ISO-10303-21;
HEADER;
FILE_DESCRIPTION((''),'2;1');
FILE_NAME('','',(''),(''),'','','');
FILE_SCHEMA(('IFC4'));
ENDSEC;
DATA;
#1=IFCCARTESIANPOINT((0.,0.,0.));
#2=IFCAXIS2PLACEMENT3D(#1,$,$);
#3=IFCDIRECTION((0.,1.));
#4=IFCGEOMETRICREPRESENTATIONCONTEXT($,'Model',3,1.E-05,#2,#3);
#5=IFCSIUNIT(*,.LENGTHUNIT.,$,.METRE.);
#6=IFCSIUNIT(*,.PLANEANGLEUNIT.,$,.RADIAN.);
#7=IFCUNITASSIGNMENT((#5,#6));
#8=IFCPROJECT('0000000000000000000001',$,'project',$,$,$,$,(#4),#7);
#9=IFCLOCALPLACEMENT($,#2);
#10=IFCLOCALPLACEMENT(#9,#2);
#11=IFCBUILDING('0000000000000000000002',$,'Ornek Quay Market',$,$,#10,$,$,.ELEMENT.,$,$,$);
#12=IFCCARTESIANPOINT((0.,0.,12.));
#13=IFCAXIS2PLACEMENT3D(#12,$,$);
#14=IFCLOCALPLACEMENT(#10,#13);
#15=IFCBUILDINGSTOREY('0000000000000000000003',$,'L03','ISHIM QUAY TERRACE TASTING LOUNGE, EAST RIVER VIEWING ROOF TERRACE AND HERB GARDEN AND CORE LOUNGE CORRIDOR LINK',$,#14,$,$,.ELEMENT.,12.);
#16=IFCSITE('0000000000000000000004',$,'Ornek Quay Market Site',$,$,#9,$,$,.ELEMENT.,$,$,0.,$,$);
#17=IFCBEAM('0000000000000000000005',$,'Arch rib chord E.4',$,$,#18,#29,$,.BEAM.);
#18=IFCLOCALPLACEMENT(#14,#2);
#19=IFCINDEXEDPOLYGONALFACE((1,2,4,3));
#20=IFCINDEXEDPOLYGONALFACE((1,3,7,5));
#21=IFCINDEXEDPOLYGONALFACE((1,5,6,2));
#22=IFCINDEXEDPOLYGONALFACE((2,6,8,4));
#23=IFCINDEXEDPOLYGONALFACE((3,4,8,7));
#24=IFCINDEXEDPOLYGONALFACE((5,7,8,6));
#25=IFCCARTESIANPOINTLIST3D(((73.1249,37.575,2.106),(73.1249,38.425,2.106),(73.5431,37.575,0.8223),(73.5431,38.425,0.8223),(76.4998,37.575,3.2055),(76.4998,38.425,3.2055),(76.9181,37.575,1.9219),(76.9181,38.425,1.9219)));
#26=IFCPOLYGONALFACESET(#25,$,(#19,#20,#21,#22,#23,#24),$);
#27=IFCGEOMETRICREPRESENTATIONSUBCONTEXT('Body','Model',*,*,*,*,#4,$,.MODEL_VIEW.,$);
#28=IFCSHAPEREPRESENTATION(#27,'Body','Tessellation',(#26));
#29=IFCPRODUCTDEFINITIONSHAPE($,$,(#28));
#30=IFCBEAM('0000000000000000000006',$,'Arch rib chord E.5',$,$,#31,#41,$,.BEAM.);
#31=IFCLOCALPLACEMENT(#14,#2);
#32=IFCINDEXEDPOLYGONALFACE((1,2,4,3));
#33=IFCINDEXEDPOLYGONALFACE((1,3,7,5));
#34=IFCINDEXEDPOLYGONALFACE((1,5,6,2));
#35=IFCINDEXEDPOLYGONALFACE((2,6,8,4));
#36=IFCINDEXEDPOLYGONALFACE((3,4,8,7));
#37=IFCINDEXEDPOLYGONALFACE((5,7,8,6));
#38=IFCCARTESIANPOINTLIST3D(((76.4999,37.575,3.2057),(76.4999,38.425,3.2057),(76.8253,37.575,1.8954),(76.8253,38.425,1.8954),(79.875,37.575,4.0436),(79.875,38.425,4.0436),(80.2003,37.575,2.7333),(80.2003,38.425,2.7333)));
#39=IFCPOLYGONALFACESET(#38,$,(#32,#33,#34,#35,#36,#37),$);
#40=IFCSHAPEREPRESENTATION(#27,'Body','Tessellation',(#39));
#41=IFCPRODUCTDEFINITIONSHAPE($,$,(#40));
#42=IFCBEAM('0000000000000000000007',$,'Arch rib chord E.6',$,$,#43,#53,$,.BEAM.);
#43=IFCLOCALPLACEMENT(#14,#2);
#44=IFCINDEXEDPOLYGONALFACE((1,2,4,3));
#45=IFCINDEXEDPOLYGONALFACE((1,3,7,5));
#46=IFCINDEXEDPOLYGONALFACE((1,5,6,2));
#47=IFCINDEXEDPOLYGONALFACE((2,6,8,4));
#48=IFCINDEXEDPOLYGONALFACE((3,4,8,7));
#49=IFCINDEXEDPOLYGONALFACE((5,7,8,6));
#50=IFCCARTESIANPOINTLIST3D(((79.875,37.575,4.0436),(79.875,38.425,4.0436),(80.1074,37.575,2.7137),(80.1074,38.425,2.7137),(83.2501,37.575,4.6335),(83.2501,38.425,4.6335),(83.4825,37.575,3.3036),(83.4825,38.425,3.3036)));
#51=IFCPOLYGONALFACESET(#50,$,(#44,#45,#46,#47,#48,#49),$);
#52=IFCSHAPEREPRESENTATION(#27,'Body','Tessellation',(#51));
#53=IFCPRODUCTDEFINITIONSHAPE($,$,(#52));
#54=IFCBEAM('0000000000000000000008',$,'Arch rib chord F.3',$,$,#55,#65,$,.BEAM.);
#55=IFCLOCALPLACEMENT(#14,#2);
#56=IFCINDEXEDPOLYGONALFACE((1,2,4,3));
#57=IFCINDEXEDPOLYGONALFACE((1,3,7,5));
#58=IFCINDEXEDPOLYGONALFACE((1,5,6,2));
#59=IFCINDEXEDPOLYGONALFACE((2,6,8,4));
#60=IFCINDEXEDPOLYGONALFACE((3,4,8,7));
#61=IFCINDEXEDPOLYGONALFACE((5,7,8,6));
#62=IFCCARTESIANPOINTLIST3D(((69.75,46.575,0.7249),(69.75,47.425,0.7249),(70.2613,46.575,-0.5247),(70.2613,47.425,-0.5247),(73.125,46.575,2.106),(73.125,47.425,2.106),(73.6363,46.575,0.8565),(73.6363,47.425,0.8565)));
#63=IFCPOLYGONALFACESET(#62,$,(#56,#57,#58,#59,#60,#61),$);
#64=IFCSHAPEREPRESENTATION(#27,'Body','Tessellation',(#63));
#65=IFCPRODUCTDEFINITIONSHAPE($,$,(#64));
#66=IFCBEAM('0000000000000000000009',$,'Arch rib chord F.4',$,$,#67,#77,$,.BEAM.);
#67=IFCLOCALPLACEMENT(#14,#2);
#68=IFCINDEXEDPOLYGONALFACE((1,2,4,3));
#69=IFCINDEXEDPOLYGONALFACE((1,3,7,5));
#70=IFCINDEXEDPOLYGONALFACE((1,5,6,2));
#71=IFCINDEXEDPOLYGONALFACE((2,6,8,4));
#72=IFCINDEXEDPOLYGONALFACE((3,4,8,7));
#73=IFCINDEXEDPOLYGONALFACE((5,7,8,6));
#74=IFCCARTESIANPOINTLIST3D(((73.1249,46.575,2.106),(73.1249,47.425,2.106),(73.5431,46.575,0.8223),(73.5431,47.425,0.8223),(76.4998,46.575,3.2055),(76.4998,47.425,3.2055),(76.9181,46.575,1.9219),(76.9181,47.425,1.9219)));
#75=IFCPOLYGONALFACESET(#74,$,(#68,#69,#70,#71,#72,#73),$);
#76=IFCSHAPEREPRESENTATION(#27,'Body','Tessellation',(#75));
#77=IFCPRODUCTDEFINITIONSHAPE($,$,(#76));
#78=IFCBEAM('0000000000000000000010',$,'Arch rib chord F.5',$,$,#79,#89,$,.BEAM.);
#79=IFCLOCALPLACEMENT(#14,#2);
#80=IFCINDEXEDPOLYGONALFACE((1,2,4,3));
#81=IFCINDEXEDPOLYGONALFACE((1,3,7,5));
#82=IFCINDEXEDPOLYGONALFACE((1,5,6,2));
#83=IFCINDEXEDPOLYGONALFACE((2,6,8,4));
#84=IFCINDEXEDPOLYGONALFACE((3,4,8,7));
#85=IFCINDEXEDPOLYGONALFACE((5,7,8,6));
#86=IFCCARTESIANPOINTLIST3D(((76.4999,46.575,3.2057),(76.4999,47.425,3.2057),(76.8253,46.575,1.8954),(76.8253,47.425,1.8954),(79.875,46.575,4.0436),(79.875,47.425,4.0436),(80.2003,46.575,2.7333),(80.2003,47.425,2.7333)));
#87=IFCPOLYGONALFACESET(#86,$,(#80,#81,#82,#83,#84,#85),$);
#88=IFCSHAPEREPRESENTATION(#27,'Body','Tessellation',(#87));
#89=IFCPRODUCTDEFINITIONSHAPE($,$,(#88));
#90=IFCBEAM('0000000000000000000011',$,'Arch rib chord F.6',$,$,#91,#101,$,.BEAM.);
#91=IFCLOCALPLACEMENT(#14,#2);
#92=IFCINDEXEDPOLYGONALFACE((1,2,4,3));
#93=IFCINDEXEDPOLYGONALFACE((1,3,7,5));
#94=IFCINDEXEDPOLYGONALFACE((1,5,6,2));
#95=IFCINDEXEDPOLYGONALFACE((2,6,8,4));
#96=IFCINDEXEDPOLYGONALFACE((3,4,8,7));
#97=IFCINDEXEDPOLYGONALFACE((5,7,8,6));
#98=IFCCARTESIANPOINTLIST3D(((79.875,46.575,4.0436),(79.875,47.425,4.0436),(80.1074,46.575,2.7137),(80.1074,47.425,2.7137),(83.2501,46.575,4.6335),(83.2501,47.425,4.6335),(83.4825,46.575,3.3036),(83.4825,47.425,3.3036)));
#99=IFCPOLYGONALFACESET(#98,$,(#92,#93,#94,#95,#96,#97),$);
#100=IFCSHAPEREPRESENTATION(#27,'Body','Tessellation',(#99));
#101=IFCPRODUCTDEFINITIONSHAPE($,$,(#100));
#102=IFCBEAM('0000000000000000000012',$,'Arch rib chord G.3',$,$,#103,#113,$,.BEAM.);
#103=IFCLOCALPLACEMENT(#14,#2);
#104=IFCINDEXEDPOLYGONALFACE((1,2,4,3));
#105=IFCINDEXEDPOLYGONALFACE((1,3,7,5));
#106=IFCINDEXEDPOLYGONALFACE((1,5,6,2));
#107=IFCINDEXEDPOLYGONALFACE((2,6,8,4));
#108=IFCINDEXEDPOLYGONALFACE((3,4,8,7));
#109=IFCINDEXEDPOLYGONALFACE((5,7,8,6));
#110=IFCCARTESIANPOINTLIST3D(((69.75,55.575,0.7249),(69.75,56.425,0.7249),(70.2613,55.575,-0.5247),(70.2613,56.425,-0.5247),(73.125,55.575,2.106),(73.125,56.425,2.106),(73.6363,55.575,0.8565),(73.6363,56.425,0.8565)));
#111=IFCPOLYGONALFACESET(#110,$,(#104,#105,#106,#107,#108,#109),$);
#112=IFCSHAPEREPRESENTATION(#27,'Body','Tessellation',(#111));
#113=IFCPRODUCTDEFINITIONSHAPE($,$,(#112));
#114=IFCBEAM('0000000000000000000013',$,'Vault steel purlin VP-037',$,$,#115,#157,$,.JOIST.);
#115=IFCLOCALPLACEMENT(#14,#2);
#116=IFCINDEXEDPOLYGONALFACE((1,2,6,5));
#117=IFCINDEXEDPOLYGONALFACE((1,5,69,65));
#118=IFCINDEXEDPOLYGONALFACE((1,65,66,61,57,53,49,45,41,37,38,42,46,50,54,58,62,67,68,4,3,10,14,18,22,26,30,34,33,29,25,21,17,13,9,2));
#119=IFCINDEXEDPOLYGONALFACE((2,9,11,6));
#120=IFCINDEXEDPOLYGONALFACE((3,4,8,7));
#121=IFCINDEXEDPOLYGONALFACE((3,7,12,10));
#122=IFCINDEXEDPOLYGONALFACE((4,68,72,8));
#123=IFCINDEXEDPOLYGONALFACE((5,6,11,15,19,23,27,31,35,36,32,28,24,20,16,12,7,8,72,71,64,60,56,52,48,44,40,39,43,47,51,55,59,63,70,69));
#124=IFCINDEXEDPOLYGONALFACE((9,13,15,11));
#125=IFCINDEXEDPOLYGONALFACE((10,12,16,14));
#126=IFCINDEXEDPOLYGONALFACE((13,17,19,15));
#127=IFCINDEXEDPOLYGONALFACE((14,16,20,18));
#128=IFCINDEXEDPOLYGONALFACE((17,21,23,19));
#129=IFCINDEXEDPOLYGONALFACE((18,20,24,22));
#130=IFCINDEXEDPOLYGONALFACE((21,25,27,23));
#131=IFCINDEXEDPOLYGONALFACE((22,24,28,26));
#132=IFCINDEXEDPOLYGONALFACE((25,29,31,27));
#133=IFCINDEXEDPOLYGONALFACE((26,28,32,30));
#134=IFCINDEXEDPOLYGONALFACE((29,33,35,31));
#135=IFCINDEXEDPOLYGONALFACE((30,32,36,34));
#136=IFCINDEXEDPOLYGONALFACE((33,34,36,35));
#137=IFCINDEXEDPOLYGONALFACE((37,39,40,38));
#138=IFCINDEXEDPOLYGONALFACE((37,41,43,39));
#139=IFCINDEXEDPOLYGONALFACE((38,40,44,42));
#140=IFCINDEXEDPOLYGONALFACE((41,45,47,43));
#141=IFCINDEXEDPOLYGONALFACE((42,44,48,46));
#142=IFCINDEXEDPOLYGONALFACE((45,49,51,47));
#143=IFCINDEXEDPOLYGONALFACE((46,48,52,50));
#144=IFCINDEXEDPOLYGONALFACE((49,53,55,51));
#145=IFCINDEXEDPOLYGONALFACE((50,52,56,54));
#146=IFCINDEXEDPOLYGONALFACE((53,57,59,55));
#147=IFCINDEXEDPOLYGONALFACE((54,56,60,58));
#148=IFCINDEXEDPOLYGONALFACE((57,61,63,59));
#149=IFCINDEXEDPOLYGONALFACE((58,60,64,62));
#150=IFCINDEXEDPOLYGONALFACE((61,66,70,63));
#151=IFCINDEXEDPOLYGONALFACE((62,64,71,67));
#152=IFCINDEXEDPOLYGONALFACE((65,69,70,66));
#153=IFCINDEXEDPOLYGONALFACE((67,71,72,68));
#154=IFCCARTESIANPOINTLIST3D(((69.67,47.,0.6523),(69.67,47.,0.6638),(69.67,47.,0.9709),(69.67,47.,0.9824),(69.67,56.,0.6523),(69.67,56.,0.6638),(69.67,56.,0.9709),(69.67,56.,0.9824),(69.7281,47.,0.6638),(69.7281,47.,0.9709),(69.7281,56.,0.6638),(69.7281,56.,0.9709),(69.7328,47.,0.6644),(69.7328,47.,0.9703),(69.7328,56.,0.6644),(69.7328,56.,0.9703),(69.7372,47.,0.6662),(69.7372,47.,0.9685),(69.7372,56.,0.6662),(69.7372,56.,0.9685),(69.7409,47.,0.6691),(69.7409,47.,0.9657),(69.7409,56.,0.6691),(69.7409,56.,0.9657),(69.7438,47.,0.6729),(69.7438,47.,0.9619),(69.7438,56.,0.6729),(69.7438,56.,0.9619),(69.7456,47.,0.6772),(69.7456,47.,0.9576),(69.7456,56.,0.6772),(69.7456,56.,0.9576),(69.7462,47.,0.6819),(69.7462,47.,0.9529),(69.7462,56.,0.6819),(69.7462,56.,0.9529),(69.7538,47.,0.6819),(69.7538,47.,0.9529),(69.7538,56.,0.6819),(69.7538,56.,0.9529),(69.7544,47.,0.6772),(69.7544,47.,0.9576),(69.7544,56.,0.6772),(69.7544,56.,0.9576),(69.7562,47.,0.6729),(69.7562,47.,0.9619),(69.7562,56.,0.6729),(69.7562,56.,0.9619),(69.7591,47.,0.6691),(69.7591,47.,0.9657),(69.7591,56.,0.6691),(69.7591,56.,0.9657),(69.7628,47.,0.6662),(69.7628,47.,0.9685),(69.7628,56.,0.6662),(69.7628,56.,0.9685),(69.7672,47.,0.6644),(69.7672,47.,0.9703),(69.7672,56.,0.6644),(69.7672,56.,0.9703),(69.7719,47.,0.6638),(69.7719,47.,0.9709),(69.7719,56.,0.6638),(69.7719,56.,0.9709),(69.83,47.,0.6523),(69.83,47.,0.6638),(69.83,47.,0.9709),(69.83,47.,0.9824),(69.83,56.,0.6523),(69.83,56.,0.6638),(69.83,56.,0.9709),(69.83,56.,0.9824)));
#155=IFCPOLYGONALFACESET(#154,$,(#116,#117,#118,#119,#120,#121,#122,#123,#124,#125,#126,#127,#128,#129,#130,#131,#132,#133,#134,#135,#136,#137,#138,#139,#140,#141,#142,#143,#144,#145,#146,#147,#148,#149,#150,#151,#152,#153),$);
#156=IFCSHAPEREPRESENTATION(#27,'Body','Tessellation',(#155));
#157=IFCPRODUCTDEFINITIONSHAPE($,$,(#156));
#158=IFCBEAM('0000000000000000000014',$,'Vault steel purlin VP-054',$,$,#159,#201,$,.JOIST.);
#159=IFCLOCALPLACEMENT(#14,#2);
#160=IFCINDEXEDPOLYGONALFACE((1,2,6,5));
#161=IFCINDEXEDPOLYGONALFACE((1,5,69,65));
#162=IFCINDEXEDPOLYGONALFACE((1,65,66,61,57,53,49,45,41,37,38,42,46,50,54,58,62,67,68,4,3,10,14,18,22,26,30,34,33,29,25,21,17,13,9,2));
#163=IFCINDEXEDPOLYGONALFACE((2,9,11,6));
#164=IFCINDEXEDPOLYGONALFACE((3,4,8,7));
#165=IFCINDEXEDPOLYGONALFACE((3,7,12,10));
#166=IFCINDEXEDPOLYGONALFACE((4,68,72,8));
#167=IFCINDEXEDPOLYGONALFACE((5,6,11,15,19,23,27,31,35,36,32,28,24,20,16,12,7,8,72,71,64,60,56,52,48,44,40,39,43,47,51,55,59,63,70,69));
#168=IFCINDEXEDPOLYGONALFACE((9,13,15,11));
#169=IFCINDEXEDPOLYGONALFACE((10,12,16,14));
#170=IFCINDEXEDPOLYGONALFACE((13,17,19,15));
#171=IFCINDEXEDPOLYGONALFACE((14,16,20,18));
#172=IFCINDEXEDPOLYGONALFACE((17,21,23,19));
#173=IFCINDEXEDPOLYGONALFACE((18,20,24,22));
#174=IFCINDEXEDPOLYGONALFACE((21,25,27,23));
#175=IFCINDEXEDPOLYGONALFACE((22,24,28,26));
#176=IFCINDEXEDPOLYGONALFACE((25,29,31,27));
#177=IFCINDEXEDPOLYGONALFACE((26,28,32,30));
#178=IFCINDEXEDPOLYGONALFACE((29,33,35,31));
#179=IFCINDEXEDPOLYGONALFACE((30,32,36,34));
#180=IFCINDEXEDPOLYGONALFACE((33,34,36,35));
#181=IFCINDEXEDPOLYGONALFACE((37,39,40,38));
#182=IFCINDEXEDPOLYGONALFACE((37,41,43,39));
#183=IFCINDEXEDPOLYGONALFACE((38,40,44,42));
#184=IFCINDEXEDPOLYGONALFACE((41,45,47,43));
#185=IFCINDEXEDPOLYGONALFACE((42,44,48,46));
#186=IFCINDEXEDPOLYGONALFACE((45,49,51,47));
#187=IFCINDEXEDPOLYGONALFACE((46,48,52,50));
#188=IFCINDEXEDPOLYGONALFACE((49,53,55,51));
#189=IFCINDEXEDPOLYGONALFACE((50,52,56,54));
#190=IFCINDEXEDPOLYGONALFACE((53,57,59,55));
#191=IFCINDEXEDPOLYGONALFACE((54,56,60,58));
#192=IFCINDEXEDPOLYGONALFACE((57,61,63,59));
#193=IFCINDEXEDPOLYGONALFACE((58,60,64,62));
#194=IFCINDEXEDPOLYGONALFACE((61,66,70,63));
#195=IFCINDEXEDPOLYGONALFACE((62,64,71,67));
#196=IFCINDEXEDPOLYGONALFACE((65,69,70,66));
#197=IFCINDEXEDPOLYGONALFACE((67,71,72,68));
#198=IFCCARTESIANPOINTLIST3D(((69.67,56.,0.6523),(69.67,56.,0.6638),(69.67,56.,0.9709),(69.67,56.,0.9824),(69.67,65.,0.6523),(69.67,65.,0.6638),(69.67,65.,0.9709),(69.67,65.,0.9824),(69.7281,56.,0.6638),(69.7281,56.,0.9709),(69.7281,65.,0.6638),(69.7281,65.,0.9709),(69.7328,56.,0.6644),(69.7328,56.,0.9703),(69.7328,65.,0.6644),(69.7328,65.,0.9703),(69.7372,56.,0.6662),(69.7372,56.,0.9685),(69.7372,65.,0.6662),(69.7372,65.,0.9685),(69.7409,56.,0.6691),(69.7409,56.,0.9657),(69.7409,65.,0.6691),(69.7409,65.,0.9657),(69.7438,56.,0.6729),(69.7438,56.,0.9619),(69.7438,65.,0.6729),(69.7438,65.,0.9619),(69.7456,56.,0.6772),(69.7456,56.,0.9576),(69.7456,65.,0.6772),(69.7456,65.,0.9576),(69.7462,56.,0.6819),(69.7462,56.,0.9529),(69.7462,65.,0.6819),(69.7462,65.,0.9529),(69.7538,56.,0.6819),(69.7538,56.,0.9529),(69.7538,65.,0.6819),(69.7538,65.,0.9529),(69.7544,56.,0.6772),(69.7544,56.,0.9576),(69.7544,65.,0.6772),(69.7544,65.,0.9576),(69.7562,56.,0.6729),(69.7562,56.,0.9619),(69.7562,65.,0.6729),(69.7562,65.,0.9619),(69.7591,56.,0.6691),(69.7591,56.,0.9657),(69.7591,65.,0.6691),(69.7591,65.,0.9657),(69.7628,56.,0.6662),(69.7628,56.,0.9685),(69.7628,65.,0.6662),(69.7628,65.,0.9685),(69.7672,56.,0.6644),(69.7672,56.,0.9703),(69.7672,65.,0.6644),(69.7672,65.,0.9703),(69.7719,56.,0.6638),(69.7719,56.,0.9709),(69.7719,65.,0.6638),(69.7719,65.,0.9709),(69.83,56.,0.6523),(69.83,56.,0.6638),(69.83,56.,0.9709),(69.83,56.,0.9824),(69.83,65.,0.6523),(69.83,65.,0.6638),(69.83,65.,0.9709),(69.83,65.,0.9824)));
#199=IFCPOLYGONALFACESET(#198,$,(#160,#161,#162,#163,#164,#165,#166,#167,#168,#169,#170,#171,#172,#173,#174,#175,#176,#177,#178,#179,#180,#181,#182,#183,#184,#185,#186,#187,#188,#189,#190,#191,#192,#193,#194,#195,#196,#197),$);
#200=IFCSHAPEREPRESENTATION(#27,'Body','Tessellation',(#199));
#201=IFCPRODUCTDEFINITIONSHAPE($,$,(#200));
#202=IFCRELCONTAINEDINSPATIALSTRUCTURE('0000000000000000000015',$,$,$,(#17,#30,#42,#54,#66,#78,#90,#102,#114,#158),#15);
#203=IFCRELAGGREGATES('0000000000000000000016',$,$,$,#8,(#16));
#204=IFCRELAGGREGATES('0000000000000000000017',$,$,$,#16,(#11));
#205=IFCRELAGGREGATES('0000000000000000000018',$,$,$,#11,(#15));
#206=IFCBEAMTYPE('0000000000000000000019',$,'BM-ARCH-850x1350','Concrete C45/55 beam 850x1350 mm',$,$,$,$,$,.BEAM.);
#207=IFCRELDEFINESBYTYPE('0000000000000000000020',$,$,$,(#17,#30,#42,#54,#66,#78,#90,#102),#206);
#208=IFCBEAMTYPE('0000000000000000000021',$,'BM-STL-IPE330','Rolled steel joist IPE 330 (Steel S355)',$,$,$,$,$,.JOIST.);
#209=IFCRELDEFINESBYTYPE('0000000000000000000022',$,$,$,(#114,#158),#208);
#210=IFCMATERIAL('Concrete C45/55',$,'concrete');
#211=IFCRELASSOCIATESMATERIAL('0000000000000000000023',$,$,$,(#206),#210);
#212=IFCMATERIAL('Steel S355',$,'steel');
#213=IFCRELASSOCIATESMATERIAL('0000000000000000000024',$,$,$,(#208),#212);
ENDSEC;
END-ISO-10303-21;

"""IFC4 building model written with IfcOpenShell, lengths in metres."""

from ifc_helpers import new_model, si_unit, direction, frame, origin, origin_2d, place, context, subcontext, project, spatial, rectangle, i_section, extrude, material, material_profile, profile_set, type_object, element, save


model = new_model("IFC4")

# Units and contexts
model_context = context("Model", 3, precision=1e-05, world=origin(), true_north=direction((0.0, 1.0)))
body_context = subcontext(model_context, "Body", "Model", "MODEL_VIEW")
ifc_project = project(units=[si_unit("LENGTHUNIT", "METRE"), si_unit("PLANEANGLEUNIT", "RADIAN")], contexts=[model_context])

# Site, building, storey
site_placement = place(None, origin())
site = spatial("IfcSite", under=ifc_project, at=site_placement, Name="Ornek Quay Market Site", CompositionType="ELEMENT", RefElevation=0.0)
building_placement = place(site_placement, origin())
building = spatial("IfcBuilding", under=site, at=building_placement, Name="Ornek Quay Market", CompositionType="ELEMENT")
storey_placement = place(building_placement, frame((0.0, 0.0, 12.0)))
storey = spatial("IfcBuildingStorey", under=building, at=storey_placement, Name="L03", Description="ISHIM QUAY TERRACE TASTING LOUNGE, EAST RIVER VIEWING ROOF TERRACE AND HERB GARDEN AND CORE LOUNGE CORRIDOR LINK", CompositionType="ELEMENT", Elevation=12.0)

# Beams
ifc_material_1 = material(Name="Concrete C45/55", Category="concrete")
ifc_material_profile_1 = material_profile(ifc_material_1, rectangle(XDim=0.8501, YDim=1.3501, at=origin_2d()), Name="RC 850x1350", Category="concrete")
ifc_profile_set_1 = profile_set([ifc_material_profile_1], Name="Concrete C45/55")
beam_type_1 = type_object("IfcBeamType", Name="BM-ARCH-850x1350", Description="Concrete C45/55 beam 850x1350 mm", PredefinedType="BEAM", material=ifc_profile_set_1)
beam_1_placement = place(storey_placement, frame((73.334, 38.0, 1.4641), z_axis=(0.950807, 0.0, 0.309783), x_axis=(0.0, 1.0, 0.0)))
element("IfcBeam", 1, at=beam_1_placement, inside=storey, type_object=beam_type_1, Name="Arch rib chord E.4", PredefinedType="BEAM", context=body_context, shape_type="SweptSolid", body=[
    extrude(rectangle(XDim=0.8501, YDim=1.3501, at=origin_2d()), origin(), (0.0, 0.0, 1.0), 3.5496),
])
beam_2_placement = place(storey_placement, frame((76.6626, 38.0, 2.5505), z_axis=(0.970538, 0.0, 0.240949), x_axis=(0.0, 1.0, 0.0)))
element("IfcBeam", 2, at=beam_2_placement, inside=storey, type_object=beam_type_1, Name="Arch rib chord E.5", PredefinedType="BEAM", context=body_context, shape_type="SweptSolid", body=[
    extrude(rectangle(XDim=0.8501, YDim=1.3501, at=origin_2d()), origin(), (0.0, 0.0, 1.0), 3.4775),
])
beam_3_placement = place(storey_placement, frame((79.9912, 38.0, 3.3787), z_axis=(0.985069, 0.0, 0.172159), x_axis=(0.0, 1.0, 0.0)))
element("IfcBeam", 3, at=beam_3_placement, inside=storey, type_object=beam_type_1, Name="Arch rib chord E.6", PredefinedType="BEAM", context=body_context, shape_type="SweptSolid", body=[
    extrude(rectangle(XDim=0.8501, YDim=1.3501, at=origin_2d()), origin(), (0.0, 0.0, 1.0), 3.4263),
])
beam_4_placement = place(storey_placement, frame((70.0056, 47.0, 0.1001), z_axis=(0.925506, 0.0, 0.378732), x_axis=(0.0, 1.0, 0.0)))
element("IfcBeam", 4, at=beam_4_placement, inside=storey, type_object=beam_type_1, Name="Arch rib chord F.3", PredefinedType="BEAM", context=body_context, shape_type="SweptSolid", body=[
    extrude(rectangle(XDim=0.8501, YDim=1.3501, at=origin_2d()), origin(), (0.0, 0.0, 1.0), 3.6467),
])
beam_5_placement = place(storey_placement, frame((73.334, 47.0, 1.4641), z_axis=(0.950807, 0.0, 0.309783), x_axis=(0.0, 1.0, 0.0)))
element("IfcBeam", 5, at=beam_5_placement, inside=storey, type_object=beam_type_1, Name="Arch rib chord F.4", PredefinedType="BEAM", context=body_context, shape_type="SweptSolid", body=[
    extrude(rectangle(XDim=0.8501, YDim=1.3501, at=origin_2d()), origin(), (0.0, 0.0, 1.0), 3.5496),
])
beam_6_placement = place(storey_placement, frame((76.6626, 47.0, 2.5505), z_axis=(0.970538, 0.0, 0.240949), x_axis=(0.0, 1.0, 0.0)))
element("IfcBeam", 6, at=beam_6_placement, inside=storey, type_object=beam_type_1, Name="Arch rib chord F.5", PredefinedType="BEAM", context=body_context, shape_type="SweptSolid", body=[
    extrude(rectangle(XDim=0.8501, YDim=1.3501, at=origin_2d()), origin(), (0.0, 0.0, 1.0), 3.4775),
])
beam_7_placement = place(storey_placement, frame((79.9912, 47.0, 3.3787), z_axis=(0.985069, 0.0, 0.172159), x_axis=(0.0, 1.0, 0.0)))
element("IfcBeam", 7, at=beam_7_placement, inside=storey, type_object=beam_type_1, Name="Arch rib chord F.6", PredefinedType="BEAM", context=body_context, shape_type="SweptSolid", body=[
    extrude(rectangle(XDim=0.8501, YDim=1.3501, at=origin_2d()), origin(), (0.0, 0.0, 1.0), 3.4263),
])
beam_8_placement = place(storey_placement, frame((70.0056, 56.0, 0.1001), z_axis=(0.925506, 0.0, 0.378732), x_axis=(0.0, 1.0, 0.0)))
element("IfcBeam", 8, at=beam_8_placement, inside=storey, type_object=beam_type_1, Name="Arch rib chord G.3", PredefinedType="BEAM", context=body_context, shape_type="SweptSolid", body=[
    extrude(rectangle(XDim=0.8501, YDim=1.3501, at=origin_2d()), origin(), (0.0, 0.0, 1.0), 3.6467),
])
ifc_material_2 = material(Name="Steel S355", Category="steel")
ifc_material_profile_2 = material_profile(ifc_material_2, i_section(OverallWidth=0.1599, OverallDepth=0.3301, WebThickness=0.0076, FlangeThickness=0.0115, FilletRadius=0.0181, at=origin_2d()), Name="IPE 330", Category="steel")
ifc_profile_set_2 = profile_set([ifc_material_profile_2], Name="Steel S355")
beam_type_2 = type_object("IfcBeamType", Name="BM-STL-IPE330", Description="Rolled steel joist IPE 330 (Steel S355)", PredefinedType="JOIST", material=ifc_profile_set_2)
for number, where, z_axis, x_axis, name in (
    (9, (69.75, 47.0, 0.8174), (0.0, 1.0, 0.0), (-1.0, 0.0, 0.0), "Vault steel purlin VP-037"),
    (10, (69.75, 56.0, 0.8174), (0.0, 1.0, 0.0), (-1.0, 0.0, 0.0), "Vault steel purlin VP-054"),
):
    element("IfcBeam", number, at=place(storey_placement, frame(where, z_axis=z_axis, x_axis=x_axis)), inside=storey, type_object=beam_type_2, Name=name, PredefinedType="JOIST", context=body_context, shape_type="SweptSolid", body=[
        extrude(i_section(OverallWidth=0.1599, OverallDepth=0.3301, WebThickness=0.0076, FlangeThickness=0.0115, FilletRadius=0.0181, at=origin_2d()), origin(), (0.0, 0.0, 1.0), 9.0),
    ])

save(model, "model.ifc")
